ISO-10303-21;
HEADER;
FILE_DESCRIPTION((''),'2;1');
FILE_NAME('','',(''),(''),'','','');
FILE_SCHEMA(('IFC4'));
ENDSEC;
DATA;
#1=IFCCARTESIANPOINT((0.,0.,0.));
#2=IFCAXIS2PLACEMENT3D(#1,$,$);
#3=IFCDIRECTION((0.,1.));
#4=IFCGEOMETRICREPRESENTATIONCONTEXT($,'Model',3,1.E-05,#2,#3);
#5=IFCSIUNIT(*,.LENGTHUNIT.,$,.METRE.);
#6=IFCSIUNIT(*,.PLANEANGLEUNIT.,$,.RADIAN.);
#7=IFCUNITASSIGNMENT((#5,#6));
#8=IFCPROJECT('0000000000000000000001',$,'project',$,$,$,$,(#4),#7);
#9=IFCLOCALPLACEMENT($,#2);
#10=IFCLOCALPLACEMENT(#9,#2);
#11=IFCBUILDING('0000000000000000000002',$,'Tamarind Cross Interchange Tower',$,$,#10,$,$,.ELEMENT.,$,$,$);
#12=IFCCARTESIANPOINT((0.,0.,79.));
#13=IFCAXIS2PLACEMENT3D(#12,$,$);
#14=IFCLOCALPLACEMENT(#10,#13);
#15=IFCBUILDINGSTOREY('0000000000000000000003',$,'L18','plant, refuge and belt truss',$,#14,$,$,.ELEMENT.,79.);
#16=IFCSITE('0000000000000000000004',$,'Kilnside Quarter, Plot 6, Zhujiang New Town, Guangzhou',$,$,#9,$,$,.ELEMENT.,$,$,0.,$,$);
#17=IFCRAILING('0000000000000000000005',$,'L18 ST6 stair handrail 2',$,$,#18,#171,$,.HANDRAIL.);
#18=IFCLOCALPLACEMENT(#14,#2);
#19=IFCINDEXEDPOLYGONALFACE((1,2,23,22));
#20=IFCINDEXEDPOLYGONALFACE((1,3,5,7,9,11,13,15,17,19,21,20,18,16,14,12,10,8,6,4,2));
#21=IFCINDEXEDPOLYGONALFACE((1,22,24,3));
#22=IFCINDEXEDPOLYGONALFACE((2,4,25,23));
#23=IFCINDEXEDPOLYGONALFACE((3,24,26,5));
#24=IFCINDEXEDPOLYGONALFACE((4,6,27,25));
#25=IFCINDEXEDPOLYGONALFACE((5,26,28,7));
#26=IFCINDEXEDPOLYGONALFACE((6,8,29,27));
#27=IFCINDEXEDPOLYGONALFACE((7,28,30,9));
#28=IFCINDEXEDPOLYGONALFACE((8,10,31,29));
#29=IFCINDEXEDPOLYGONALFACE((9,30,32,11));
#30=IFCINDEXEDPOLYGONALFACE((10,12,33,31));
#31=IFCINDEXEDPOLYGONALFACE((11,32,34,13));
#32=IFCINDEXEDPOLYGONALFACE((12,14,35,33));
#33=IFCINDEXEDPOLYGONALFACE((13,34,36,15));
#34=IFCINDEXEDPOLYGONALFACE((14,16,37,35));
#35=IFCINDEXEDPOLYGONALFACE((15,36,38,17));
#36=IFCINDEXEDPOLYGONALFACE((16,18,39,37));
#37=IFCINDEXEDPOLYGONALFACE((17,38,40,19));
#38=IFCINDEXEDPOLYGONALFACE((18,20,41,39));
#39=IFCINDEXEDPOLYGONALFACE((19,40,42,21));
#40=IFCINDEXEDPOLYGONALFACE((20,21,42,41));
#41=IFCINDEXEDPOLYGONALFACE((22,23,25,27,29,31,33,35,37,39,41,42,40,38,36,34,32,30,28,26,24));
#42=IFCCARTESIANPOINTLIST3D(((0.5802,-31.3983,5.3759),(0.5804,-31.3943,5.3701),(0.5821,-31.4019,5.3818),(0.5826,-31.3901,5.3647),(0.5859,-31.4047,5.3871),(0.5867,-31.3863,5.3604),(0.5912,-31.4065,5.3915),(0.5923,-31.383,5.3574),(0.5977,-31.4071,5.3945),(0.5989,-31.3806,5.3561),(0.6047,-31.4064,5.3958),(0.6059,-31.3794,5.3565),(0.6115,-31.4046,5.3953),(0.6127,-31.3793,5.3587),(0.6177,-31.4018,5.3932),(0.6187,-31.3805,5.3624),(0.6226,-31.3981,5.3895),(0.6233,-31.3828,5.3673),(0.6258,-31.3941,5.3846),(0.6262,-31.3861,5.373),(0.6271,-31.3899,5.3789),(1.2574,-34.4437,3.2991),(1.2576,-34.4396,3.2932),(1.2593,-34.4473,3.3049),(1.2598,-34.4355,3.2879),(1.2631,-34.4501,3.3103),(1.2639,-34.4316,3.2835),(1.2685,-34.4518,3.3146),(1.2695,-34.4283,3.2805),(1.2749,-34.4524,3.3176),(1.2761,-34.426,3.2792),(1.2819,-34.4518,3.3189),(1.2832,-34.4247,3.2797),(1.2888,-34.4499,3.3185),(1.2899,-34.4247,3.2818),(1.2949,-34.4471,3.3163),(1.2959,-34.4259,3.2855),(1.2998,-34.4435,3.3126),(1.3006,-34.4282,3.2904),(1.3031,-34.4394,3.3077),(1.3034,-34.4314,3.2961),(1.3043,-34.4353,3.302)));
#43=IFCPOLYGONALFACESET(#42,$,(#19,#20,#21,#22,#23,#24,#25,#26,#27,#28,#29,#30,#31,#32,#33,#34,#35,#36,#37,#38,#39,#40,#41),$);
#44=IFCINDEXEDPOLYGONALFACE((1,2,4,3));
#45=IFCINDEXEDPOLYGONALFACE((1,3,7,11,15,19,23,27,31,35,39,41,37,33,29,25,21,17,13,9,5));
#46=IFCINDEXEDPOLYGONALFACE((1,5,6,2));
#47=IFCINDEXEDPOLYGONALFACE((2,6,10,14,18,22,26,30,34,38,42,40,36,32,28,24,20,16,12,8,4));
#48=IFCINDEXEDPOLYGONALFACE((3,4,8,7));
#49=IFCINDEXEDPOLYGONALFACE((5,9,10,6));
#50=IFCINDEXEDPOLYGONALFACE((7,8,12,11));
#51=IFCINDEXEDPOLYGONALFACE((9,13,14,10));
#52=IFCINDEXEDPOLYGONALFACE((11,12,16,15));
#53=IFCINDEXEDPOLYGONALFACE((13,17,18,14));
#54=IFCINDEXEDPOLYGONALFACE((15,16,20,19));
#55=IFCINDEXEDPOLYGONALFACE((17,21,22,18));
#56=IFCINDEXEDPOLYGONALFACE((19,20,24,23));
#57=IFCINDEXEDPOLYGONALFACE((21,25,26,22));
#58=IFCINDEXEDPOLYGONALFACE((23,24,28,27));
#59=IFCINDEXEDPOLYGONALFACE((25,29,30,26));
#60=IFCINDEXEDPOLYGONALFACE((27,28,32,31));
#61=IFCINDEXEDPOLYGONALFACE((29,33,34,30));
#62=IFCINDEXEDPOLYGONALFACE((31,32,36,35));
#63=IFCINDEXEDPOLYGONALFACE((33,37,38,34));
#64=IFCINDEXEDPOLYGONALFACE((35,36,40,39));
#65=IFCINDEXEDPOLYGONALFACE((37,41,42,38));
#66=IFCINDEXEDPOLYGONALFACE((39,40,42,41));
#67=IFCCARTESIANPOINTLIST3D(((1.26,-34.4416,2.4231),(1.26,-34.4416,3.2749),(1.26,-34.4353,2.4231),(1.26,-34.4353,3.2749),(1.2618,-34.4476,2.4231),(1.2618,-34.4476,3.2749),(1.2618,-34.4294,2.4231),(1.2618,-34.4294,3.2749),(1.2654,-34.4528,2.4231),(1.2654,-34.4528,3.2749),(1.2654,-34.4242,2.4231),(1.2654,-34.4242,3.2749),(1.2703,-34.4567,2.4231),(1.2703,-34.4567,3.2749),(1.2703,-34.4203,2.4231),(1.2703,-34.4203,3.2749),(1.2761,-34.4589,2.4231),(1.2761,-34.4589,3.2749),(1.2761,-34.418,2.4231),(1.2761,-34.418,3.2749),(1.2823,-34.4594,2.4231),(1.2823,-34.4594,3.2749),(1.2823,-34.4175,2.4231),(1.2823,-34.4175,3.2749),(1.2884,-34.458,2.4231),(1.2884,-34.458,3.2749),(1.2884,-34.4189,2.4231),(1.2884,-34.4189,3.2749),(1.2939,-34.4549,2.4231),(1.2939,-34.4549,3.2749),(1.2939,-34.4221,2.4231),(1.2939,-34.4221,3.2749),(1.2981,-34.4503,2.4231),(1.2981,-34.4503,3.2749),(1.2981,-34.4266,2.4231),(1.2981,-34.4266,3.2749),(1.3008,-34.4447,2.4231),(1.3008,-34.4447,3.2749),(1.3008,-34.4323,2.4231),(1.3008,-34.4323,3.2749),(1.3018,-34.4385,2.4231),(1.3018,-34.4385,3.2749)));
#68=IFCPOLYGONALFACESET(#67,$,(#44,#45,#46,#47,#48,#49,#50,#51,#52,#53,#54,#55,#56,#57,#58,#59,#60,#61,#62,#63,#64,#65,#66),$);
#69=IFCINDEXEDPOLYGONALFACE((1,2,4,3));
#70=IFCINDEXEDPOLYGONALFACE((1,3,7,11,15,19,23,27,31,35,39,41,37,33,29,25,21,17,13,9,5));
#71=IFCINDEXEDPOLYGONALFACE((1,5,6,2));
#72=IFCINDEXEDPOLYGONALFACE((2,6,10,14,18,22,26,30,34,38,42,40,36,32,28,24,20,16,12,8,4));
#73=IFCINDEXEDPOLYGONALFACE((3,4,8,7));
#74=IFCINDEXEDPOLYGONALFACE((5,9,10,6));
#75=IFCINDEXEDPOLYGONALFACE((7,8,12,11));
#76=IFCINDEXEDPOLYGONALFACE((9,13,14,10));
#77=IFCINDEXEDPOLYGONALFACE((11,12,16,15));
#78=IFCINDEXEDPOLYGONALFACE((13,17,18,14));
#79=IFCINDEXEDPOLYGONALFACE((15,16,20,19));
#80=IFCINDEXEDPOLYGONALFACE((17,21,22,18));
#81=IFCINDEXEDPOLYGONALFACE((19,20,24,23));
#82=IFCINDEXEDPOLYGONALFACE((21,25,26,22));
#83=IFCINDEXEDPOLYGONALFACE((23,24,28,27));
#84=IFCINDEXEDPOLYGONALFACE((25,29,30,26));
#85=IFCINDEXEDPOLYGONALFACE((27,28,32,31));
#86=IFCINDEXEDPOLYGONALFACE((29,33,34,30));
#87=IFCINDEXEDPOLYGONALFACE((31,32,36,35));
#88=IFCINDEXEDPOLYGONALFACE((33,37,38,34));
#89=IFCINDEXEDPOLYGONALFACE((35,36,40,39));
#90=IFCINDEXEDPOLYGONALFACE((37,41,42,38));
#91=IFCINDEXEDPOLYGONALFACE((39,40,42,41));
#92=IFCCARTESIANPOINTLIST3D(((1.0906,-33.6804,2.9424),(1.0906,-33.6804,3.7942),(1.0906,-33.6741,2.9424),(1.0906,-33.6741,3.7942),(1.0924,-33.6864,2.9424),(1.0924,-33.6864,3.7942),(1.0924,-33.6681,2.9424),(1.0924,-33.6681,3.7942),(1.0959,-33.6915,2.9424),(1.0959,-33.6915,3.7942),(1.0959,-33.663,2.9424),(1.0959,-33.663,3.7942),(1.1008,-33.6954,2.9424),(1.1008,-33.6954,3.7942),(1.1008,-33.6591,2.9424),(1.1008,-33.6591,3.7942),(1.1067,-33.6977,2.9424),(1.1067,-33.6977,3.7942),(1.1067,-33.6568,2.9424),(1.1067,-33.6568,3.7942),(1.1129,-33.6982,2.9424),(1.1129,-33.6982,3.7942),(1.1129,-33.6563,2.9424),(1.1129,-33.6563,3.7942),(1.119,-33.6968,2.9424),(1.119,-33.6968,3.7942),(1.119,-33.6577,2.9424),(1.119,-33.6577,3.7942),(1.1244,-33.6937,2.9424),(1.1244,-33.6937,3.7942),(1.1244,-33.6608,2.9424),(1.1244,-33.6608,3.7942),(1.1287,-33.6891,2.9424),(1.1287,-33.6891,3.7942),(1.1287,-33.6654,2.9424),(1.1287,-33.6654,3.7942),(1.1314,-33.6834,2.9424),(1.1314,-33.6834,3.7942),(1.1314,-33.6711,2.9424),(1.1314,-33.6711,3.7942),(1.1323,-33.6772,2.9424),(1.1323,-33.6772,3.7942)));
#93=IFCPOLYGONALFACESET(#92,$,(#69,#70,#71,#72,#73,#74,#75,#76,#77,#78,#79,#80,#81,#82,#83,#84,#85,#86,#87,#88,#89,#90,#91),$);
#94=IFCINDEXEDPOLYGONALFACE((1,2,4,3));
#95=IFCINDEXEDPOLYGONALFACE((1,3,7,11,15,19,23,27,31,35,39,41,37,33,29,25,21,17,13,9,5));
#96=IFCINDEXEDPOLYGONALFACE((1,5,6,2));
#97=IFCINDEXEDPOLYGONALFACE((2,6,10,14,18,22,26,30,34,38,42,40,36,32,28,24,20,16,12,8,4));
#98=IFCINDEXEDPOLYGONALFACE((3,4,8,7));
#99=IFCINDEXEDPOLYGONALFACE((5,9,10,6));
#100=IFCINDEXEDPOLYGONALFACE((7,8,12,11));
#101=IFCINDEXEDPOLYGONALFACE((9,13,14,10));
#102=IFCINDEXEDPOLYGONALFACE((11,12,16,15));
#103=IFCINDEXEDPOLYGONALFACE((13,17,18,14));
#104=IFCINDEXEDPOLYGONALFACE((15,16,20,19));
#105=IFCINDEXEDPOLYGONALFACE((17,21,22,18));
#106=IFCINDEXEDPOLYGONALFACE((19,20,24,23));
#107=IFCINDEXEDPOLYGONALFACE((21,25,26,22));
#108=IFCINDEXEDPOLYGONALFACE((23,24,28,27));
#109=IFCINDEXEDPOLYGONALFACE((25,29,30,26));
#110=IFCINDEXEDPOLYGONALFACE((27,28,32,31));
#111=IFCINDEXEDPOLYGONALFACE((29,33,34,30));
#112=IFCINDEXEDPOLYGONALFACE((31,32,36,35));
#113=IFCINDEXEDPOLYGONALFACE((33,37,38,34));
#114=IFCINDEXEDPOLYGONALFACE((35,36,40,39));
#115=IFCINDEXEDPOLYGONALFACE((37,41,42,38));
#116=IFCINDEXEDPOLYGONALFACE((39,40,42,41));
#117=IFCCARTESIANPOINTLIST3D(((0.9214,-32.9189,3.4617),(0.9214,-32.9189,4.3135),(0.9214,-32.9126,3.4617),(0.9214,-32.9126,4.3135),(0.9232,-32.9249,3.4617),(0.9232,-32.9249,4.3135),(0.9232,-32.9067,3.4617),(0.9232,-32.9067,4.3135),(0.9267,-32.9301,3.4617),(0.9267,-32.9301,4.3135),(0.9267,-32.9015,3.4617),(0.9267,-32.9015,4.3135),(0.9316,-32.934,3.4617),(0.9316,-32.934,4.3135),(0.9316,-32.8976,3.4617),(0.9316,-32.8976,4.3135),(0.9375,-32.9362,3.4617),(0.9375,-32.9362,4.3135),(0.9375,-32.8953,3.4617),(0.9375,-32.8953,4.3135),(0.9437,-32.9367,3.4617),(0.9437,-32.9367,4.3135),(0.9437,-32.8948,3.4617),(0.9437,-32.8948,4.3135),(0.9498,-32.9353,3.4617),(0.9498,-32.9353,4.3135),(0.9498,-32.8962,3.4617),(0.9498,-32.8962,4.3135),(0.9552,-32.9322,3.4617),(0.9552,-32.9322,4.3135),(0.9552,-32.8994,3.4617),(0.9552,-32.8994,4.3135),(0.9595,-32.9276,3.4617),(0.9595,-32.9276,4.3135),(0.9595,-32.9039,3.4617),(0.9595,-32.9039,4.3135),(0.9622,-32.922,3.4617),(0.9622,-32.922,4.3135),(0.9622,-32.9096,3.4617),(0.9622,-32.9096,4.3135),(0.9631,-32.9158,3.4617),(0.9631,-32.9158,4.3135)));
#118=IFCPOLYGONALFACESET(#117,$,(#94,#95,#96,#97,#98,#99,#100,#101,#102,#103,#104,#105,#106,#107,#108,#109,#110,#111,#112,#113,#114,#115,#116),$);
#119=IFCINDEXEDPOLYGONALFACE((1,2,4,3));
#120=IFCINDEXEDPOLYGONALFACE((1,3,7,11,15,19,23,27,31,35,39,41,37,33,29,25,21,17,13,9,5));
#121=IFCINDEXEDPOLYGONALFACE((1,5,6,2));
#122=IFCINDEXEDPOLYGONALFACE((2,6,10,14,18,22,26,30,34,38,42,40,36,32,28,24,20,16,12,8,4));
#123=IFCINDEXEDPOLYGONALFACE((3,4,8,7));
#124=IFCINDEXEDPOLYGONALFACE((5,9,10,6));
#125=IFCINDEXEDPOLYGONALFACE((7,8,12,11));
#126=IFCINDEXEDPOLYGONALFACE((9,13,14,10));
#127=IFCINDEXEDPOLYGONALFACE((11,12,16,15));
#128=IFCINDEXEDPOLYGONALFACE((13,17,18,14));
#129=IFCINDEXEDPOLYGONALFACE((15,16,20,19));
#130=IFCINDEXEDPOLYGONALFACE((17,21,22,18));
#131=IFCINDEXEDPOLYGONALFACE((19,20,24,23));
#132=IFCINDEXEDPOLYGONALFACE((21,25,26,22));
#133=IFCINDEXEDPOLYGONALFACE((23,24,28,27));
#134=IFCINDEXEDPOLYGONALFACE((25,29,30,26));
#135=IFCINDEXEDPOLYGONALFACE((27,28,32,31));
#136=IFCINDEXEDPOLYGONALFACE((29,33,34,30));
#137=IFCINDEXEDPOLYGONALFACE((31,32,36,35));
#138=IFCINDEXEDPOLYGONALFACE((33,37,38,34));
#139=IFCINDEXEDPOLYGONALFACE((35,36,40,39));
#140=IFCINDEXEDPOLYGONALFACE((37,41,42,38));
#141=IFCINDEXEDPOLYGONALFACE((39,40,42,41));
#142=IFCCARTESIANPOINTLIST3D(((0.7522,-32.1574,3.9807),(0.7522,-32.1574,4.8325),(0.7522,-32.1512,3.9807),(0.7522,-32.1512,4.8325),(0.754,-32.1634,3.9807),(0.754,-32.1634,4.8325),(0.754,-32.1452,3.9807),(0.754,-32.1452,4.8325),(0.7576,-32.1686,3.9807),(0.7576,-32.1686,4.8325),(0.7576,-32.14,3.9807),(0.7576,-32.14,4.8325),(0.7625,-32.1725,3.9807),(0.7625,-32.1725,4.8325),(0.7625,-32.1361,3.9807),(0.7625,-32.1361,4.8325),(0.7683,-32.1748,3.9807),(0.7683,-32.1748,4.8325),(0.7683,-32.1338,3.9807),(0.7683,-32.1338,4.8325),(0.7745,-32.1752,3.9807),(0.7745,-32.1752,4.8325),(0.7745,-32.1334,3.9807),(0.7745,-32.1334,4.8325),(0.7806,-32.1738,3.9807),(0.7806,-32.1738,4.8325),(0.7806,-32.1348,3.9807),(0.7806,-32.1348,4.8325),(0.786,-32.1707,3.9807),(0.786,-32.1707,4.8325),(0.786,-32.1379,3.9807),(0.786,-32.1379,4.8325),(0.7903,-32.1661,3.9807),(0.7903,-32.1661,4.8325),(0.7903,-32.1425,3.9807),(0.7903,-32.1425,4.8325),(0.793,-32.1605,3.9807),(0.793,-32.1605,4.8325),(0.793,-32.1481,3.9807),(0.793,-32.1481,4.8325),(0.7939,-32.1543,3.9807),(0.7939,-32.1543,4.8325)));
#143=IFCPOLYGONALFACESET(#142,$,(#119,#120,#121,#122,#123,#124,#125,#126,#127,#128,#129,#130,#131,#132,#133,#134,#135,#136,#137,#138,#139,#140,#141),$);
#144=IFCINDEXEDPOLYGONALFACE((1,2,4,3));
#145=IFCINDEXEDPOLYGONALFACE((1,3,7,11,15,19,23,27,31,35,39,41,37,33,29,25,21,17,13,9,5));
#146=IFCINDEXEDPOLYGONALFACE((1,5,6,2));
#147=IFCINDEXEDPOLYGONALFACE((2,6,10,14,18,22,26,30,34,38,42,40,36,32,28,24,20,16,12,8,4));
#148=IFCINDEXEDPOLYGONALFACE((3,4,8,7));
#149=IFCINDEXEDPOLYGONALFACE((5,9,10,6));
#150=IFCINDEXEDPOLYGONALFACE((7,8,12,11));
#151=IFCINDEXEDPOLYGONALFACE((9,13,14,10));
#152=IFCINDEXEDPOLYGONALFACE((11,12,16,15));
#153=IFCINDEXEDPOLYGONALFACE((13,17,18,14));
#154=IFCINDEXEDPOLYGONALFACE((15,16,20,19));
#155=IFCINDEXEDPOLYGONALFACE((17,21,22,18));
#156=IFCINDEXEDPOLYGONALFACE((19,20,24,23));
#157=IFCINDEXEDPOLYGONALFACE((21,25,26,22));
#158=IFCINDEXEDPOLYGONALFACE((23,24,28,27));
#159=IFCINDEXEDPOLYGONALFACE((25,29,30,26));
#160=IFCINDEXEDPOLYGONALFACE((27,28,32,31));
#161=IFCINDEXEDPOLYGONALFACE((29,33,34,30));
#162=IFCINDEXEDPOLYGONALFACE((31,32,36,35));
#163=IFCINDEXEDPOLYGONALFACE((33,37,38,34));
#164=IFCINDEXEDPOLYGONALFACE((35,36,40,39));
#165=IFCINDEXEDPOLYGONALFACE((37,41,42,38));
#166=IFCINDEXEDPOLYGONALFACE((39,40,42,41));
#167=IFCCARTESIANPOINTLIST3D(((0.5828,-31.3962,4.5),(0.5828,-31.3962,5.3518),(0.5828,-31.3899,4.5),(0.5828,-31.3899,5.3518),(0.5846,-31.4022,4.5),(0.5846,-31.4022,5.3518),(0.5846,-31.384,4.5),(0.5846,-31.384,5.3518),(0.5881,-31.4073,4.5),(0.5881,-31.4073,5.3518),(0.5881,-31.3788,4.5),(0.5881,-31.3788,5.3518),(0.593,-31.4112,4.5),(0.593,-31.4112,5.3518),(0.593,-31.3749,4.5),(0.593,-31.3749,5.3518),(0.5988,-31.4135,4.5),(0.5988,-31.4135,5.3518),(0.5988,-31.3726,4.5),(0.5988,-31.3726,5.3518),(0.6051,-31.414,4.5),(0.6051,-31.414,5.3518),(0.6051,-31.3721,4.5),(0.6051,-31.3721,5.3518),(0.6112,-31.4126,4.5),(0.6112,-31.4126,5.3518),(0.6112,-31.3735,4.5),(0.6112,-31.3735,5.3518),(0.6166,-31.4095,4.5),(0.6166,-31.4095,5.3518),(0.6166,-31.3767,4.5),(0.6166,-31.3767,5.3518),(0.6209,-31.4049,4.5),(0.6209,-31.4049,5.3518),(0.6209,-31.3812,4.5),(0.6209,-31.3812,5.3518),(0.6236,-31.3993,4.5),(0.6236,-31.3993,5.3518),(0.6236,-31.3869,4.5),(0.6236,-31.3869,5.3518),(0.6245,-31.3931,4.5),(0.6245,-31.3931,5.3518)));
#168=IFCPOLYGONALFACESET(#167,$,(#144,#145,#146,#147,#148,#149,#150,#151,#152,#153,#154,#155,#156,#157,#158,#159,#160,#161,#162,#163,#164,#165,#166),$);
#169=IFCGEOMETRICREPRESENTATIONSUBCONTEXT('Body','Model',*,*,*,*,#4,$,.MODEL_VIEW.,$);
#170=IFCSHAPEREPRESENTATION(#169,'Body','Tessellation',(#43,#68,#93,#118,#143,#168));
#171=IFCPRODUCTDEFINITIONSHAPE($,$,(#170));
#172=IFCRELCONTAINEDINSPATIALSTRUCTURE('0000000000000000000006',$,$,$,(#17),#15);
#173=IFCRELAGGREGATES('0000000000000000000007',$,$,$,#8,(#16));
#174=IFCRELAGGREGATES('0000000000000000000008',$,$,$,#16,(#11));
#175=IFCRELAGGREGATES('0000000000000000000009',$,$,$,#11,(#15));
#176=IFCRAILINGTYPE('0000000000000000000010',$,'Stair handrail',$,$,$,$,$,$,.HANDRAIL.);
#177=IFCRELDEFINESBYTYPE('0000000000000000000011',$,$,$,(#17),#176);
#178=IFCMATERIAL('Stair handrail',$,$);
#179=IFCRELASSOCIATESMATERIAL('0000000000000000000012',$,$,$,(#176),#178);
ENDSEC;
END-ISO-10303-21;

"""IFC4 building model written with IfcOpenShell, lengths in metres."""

from ifc_helpers import new_model, si_unit, direction, frame, origin, origin_2d, place, context, subcontext, project, spatial, circle, extrude, material, type_object, element, save


model = new_model("IFC4")

# Units and contexts
model_context = context("Model", 3, precision=1e-05, world=origin(), true_north=direction((0.0, 1.0)))
body_context = subcontext(model_context, "Body", "Model", "MODEL_VIEW")
ifc_project = project(units=[si_unit("LENGTHUNIT", "METRE"), si_unit("PLANEANGLEUNIT", "RADIAN")], contexts=[model_context])

# Site, building, storey
site_placement = place(None, origin())
site = spatial("IfcSite", under=ifc_project, at=site_placement, Name="Kilnside Quarter, Plot 6, Zhujiang New Town, Guangzhou", CompositionType="ELEMENT", RefElevation=0.0)
building_placement = place(site_placement, origin())
building = spatial("IfcBuilding", under=site, at=building_placement, Name="Tamarind Cross Interchange Tower", CompositionType="ELEMENT")
storey_placement = place(building_placement, frame((0.0, 0.0, 79.0)))
storey = spatial("IfcBuildingStorey", under=building, at=storey_placement, Name="L18", Description="plant, refuge and belt truss", CompositionType="ELEMENT", Elevation=79.0)

# Railing
ifc_material_1 = material(Name="Stair handrail")
railing_type_1 = type_object("IfcRailingType", Name="Stair handrail", PredefinedType="HANDRAIL", material=ifc_material_1)
railing_1_placement = place(storey_placement, frame((1.2808, -34.4385, 2.4231)))
element("IfcRailing", 1, at=railing_1_placement, inside=storey, type_object=railing_type_1, Name="L18 ST6 stair handrail 2", PredefinedType="HANDRAIL", context=body_context, shape_type="SweptSolid", body=[
    extrude(circle(Radius=0.0239, at=origin_2d()), frame((0.0, 0.0, 0.876), z_axis=(-0.1807, 0.812566, 0.554152), x_axis=(-0.976154, -0.21708, 0.0)), (0.0, 0.0, 1.0), 3.7478),
    extrude(circle(Radius=0.021, at=origin_2d()), origin(), (0.0, 0.0, 1.0), 0.8518),
    extrude(circle(Radius=0.021, at=origin_2d()), frame((-0.1694, 0.7612, 0.5193)), (0.0, 0.0, 1.0), 0.8518),
    extrude(circle(Radius=0.021, at=origin_2d()), frame((-0.3386, 1.5227, 1.0386)), (0.0, 0.0, 1.0), 0.8518),
    extrude(circle(Radius=0.021, at=origin_2d()), frame((-0.5078, 2.2842, 1.5576)), (0.0, 0.0, 1.0), 0.8518),
    extrude(circle(Radius=0.021, at=origin_2d()), frame((-0.6772, 3.0454, 2.0769)), (0.0, 0.0, 1.0), 0.8518),
])

save(model, "model.ifc")
